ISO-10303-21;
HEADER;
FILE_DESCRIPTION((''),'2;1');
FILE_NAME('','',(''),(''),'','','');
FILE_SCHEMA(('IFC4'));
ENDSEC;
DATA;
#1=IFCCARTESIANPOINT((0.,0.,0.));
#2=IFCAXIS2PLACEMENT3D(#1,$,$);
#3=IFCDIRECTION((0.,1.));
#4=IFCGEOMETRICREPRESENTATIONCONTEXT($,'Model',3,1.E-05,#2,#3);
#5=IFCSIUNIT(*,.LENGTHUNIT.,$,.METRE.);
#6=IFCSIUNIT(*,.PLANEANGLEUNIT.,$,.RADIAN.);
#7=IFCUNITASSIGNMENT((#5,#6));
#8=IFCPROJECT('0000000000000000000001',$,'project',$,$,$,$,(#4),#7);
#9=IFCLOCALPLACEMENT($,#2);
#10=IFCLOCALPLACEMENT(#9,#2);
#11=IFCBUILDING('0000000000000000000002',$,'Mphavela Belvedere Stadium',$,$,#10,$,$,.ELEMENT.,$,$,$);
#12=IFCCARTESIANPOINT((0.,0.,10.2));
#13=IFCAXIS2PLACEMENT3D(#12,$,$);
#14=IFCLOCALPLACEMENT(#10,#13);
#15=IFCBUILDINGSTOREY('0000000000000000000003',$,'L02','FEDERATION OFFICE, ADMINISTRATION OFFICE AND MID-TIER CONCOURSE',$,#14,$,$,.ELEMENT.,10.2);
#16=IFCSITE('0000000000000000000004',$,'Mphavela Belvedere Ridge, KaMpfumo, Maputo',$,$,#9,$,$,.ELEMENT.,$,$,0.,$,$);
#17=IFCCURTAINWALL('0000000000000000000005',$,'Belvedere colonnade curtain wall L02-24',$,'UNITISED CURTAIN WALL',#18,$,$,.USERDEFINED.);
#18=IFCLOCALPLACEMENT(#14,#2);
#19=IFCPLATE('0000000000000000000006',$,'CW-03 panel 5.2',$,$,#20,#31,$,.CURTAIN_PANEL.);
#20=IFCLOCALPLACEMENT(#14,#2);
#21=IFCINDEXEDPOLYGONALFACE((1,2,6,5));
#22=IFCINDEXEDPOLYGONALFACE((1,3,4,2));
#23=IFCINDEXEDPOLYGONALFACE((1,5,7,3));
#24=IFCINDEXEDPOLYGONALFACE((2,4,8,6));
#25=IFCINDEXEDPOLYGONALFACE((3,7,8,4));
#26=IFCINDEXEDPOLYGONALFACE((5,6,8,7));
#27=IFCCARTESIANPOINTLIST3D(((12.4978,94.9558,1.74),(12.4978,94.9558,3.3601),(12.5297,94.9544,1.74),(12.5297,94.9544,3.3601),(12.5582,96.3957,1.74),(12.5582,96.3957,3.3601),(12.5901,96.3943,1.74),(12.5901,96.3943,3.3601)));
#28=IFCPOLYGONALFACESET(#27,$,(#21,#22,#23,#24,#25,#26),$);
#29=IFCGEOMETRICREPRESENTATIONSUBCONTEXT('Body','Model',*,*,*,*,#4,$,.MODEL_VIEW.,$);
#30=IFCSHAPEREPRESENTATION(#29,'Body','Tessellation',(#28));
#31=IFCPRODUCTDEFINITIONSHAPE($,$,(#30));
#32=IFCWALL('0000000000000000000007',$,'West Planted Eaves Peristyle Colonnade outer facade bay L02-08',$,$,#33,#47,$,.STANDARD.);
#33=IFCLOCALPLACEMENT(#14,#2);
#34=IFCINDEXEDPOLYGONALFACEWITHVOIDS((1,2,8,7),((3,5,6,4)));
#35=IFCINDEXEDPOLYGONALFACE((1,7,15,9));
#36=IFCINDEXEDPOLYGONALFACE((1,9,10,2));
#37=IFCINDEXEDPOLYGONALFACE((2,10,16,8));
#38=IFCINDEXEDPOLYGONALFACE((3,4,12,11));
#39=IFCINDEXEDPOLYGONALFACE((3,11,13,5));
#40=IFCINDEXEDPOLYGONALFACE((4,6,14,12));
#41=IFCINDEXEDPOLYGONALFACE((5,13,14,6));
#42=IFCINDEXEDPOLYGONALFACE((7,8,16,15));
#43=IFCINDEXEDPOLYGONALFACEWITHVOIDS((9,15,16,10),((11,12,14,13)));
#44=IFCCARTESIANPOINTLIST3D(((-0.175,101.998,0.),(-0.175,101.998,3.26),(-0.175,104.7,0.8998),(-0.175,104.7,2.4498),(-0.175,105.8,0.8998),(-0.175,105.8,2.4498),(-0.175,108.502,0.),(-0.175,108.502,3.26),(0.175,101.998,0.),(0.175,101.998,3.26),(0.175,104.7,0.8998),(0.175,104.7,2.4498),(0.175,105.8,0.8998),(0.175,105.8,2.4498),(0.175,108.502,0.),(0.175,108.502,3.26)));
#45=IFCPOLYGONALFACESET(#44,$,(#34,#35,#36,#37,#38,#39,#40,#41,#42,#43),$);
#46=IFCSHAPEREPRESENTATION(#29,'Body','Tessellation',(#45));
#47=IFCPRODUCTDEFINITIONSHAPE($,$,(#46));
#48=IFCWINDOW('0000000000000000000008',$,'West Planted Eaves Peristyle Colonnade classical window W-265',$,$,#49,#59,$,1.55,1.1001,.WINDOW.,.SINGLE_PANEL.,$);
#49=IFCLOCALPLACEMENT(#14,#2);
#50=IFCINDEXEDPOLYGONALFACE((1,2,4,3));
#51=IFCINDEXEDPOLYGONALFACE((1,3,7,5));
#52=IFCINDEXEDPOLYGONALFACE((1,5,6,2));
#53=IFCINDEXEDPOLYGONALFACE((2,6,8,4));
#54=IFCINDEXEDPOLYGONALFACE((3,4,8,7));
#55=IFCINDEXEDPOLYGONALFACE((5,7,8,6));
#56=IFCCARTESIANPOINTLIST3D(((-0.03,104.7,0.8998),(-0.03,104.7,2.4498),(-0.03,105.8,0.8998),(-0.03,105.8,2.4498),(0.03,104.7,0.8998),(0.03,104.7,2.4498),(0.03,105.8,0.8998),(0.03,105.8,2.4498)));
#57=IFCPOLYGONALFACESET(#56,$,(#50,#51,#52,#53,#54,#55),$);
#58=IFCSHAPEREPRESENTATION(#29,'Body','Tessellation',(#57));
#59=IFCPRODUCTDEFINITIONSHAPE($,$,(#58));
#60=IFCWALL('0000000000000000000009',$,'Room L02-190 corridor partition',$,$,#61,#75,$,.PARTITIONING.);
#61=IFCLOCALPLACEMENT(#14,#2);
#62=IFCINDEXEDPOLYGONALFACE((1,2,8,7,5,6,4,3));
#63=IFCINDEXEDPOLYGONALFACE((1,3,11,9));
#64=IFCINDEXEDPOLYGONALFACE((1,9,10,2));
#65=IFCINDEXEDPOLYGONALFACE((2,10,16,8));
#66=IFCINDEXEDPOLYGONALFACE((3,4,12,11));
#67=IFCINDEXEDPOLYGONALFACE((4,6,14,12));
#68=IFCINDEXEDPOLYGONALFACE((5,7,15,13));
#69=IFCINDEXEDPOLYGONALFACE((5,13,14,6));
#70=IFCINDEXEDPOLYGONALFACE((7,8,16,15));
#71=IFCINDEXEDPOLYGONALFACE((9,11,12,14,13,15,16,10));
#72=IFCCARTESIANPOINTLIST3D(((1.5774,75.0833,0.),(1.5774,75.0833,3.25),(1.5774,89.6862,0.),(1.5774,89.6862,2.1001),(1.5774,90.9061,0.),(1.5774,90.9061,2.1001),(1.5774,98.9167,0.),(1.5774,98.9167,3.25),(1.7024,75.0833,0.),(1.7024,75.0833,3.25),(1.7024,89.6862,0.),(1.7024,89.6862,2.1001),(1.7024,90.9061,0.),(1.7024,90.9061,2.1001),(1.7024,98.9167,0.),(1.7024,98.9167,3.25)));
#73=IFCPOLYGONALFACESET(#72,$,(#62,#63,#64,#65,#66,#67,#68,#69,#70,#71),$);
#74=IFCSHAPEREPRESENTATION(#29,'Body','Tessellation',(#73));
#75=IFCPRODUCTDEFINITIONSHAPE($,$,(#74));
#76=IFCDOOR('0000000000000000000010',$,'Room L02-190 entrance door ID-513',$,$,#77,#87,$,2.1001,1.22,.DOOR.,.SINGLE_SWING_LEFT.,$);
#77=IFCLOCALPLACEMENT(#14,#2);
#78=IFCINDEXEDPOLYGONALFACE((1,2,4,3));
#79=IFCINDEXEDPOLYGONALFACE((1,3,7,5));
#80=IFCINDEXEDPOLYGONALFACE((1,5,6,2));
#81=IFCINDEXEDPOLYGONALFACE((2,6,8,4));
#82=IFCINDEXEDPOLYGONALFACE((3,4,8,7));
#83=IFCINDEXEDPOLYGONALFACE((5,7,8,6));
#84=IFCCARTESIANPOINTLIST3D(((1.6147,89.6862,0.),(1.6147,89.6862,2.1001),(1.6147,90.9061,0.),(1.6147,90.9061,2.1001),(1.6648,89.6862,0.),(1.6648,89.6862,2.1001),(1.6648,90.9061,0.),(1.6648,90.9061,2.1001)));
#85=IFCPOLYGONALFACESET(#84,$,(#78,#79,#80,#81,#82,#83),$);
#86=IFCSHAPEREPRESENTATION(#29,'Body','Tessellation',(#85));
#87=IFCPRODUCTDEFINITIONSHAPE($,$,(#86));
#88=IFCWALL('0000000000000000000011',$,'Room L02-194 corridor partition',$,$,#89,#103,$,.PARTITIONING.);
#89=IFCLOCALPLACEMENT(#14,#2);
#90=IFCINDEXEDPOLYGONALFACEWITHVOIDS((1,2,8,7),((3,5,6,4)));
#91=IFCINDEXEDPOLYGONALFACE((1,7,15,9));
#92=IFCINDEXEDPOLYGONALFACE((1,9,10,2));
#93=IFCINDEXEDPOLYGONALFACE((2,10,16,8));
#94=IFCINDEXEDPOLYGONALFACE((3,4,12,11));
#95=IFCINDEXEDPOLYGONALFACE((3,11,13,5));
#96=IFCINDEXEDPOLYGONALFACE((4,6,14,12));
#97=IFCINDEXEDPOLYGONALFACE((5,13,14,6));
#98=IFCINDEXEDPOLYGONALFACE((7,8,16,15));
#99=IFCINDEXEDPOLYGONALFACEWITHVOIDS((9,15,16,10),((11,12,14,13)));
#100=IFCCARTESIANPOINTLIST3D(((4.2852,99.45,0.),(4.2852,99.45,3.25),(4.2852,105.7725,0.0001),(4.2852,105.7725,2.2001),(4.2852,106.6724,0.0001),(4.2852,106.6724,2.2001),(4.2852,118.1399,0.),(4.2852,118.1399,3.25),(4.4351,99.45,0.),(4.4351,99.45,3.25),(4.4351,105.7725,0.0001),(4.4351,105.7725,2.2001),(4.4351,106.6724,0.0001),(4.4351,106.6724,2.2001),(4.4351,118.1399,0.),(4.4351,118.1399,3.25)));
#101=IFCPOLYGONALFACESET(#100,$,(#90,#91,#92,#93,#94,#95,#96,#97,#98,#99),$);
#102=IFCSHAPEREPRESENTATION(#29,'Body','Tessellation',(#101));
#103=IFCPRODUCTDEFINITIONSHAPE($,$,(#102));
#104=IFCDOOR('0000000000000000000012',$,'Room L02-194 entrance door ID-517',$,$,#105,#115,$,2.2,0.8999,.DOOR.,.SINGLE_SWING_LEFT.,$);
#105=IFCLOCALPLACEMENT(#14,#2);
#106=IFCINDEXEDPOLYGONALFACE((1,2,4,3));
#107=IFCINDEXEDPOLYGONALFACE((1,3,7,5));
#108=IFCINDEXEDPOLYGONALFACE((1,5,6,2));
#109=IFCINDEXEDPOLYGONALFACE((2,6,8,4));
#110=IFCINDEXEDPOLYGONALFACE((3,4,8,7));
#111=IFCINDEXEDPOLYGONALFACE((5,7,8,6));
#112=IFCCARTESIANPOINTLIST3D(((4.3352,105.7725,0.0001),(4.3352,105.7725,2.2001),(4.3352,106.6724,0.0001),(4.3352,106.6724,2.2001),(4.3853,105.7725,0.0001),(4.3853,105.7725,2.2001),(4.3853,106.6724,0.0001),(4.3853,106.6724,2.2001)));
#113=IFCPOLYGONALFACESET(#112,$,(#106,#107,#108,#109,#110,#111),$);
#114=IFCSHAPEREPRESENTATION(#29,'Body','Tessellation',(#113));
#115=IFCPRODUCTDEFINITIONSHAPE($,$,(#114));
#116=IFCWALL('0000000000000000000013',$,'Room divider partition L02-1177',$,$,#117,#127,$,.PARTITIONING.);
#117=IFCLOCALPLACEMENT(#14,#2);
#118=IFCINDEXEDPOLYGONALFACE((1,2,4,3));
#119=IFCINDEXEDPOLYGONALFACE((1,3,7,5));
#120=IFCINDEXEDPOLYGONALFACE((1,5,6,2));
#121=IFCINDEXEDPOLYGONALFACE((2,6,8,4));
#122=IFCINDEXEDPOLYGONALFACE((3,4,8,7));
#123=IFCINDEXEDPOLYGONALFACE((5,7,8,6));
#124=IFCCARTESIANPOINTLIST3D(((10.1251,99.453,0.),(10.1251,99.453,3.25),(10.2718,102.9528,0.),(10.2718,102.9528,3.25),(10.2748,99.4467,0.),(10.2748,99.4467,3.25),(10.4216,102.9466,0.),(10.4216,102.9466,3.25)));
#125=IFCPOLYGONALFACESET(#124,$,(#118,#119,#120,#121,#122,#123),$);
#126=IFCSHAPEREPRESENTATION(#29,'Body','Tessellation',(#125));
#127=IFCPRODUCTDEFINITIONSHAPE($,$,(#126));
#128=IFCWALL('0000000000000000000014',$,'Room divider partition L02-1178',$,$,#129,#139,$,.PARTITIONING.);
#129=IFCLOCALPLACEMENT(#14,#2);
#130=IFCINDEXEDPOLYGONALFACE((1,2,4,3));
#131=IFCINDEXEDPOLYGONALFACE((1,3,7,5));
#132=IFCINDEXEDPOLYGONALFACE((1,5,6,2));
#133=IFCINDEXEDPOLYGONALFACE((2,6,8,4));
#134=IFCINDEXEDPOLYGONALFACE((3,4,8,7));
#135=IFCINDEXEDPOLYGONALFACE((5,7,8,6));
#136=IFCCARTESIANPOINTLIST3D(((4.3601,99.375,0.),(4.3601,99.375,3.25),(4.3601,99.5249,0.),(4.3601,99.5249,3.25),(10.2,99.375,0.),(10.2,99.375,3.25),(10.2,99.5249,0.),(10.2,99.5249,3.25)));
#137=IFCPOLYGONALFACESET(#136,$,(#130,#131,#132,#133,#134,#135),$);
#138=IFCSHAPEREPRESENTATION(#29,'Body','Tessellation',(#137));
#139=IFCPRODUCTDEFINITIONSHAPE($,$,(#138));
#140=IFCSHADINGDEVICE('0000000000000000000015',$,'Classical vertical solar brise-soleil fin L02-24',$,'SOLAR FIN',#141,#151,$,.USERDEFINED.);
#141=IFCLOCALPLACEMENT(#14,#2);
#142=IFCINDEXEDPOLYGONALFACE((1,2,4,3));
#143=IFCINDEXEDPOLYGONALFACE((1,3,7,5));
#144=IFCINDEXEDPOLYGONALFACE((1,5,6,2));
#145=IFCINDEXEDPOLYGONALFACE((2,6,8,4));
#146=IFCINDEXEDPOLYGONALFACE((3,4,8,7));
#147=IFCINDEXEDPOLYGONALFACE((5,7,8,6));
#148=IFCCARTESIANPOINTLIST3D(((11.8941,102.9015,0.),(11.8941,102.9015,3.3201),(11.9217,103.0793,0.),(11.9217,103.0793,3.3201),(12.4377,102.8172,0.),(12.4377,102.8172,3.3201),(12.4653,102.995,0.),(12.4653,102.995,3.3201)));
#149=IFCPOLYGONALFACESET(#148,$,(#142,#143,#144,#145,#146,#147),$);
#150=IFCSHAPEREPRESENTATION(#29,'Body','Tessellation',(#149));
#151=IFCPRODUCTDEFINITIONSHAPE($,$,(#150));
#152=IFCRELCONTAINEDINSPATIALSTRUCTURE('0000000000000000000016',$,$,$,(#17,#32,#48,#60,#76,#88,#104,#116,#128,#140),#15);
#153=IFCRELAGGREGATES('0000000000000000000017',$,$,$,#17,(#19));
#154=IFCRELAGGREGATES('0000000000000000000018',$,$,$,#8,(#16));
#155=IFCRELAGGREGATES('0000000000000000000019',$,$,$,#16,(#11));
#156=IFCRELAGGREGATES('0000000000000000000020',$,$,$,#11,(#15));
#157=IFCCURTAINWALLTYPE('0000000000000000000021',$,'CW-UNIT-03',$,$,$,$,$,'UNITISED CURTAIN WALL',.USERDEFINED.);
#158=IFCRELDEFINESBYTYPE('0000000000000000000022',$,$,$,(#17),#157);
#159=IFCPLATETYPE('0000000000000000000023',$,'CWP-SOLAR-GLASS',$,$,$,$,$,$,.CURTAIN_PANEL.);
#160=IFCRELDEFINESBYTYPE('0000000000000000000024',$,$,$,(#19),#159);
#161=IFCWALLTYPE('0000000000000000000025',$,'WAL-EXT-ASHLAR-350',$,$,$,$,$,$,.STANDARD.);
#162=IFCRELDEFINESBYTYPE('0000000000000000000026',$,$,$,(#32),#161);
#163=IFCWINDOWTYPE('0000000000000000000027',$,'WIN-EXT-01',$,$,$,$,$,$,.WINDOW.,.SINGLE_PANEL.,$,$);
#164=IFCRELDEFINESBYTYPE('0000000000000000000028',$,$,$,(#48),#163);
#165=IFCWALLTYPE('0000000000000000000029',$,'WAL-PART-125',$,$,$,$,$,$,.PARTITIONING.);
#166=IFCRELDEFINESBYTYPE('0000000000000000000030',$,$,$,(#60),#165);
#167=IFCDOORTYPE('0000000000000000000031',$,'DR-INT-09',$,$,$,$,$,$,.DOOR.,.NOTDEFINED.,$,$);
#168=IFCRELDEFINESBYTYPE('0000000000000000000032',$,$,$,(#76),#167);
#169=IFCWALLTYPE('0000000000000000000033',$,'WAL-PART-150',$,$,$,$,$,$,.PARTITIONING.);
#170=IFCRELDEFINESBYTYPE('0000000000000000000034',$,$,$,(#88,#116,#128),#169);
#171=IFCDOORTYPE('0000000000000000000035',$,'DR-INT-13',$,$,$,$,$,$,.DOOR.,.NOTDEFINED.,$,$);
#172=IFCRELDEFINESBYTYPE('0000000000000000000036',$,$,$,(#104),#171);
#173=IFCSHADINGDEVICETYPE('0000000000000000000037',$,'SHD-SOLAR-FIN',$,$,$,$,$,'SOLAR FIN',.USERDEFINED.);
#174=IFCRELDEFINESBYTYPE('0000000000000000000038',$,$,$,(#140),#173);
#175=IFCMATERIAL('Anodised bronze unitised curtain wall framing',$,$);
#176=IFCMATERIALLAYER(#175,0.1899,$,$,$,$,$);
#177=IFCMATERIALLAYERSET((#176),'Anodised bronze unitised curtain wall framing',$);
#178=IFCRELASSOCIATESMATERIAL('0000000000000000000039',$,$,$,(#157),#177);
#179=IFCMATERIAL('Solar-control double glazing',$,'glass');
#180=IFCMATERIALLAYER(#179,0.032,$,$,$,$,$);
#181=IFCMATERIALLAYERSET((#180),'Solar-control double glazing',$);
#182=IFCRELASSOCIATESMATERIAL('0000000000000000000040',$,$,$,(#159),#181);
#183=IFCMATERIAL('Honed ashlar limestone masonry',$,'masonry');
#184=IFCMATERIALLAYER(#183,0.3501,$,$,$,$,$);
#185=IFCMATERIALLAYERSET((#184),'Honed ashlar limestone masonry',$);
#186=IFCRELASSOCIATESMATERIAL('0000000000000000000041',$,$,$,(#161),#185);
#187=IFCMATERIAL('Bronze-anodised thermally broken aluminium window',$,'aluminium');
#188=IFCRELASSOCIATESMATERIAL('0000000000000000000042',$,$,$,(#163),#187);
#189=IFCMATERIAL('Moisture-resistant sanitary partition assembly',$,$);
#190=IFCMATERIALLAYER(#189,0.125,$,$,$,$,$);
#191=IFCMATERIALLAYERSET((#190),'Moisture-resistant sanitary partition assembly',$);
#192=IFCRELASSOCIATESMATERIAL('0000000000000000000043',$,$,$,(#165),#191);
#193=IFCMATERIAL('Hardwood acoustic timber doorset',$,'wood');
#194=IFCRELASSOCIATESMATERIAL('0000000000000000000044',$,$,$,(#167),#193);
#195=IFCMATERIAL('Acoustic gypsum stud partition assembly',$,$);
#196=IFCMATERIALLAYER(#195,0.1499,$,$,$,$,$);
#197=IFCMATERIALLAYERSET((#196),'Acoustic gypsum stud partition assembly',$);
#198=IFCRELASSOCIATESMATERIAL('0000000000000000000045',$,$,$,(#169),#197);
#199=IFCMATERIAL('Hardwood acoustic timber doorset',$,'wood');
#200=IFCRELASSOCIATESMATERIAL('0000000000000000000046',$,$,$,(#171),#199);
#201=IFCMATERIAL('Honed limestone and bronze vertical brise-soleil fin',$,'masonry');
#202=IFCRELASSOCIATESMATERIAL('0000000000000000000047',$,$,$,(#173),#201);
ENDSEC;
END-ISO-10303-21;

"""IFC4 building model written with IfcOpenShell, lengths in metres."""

from ifc_helpers import new_model, si_unit, direction, frame, frame_2d, origin, origin_2d, place, context, subcontext, project, spatial, rectangle, extrude, material, layer, layer_set, type_object, element, fill, aggregate, save


model = new_model("IFC4")

# Units and contexts
model_context = context("Model", 3, precision=1e-05, world=origin(), true_north=direction((0.0, 1.0)))
body_context = subcontext(model_context, "Body", "Model", "MODEL_VIEW")
ifc_project = project(units=[si_unit("LENGTHUNIT", "METRE"), si_unit("PLANEANGLEUNIT", "RADIAN")], contexts=[model_context])

# Site, building, storey
site_placement = place(None, origin())
site = spatial("IfcSite", under=ifc_project, at=site_placement, Name="Mphavela Belvedere Ridge, KaMpfumo, Maputo", CompositionType="ELEMENT", RefElevation=0.0)
building_placement = place(site_placement, origin())
building = spatial("IfcBuilding", under=site, at=building_placement, Name="Mphavela Belvedere Stadium", CompositionType="ELEMENT")
storey_placement = place(building_placement, frame((0.0, 0.0, 10.2)))
storey = spatial("IfcBuildingStorey", under=building, at=storey_placement, Name="L02", Description="FEDERATION OFFICE, ADMINISTRATION OFFICE AND MID-TIER CONCOURSE", CompositionType="ELEMENT", Elevation=10.2)

# Curtain wall, plate
ifc_material_1 = material(Name="Anodised bronze unitised curtain wall framing")
ifc_layer_1 = layer(ifc_material_1, 0.1899)
ifc_layer_set_1 = layer_set([ifc_layer_1], Name="Anodised bronze unitised curtain wall framing")
curtain_wall_type = type_object("IfcCurtainWallType", Name="CW-UNIT-03", ElementType="UNITISED CURTAIN WALL", PredefinedType="USERDEFINED", material=ifc_layer_set_1)
curtain_wall_placement = place(storey_placement, origin())
curtain_wall = element("IfcCurtainWall", 1, at=curtain_wall_placement, inside=storey, type_object=curtain_wall_type, Name="Belvedere colonnade curtain wall L02-24", ObjectType="UNITISED CURTAIN WALL", PredefinedType="USERDEFINED")
ifc_material_2 = material(Name="Solar-control double glazing", Category="glass")
ifc_layer_2 = layer(ifc_material_2, 0.032)
ifc_layer_set_2 = layer_set([ifc_layer_2], Name="Solar-control double glazing")
plate_type = type_object("IfcPlateType", Name="CWP-SOLAR-GLASS", PredefinedType="CURTAIN_PANEL", material=ifc_layer_set_2)
plate_1_placement = place(storey_placement, frame((12.5439, 95.675, 1.74), z_axis=(0.0, 0.0, 1.0), x_axis=(-0.041904, -0.999122, 0.0)))
plate_1 = element("IfcPlate", 2, at=plate_1_placement, type_object=plate_type, Name="CW-03 panel 5.2", PredefinedType="CURTAIN_PANEL", context=body_context, shape_type="SweptSolid", body=[
    extrude(rectangle(XDim=1.4412, YDim=0.032, at=origin_2d()), origin(), (0.0, 0.0, 1.0), 1.6201),
])
aggregate(curtain_wall, [plate_1])

# Wall, opening, window
ifc_material_3 = material(Name="Honed ashlar limestone masonry", Category="masonry")
ifc_layer_3 = layer(ifc_material_3, 0.3501)
ifc_layer_set_3 = layer_set([ifc_layer_3], Name="Honed ashlar limestone masonry")
wall_type_1 = type_object("IfcWallType", Name="WAL-EXT-ASHLAR-350", PredefinedType="STANDARD", material=ifc_layer_set_3)
wall_1_placement = place(storey_placement, frame((0.0, 101.998, 0.0), z_axis=(0.0, 0.0, 1.0), x_axis=(0.0, 1.0, 0.0)))
wall_1 = element("IfcWall", 3, at=wall_1_placement, inside=storey, type_object=wall_type_1, Name="West Planted Eaves Peristyle Colonnade outer facade bay L02-08", PredefinedType="STANDARD", context=body_context, shape_type="SweptSolid", body=[
    extrude(rectangle(XDim=6.5039, YDim=0.3501, at=frame_2d((3.252, 0.0))), origin(), (0.0, 0.0, 1.0), 3.26),
])
opening_1_placement = place(wall_1_placement, frame((2.7019, 0.0, 0.8999)))
opening_1 = element("IfcOpeningElement", 4, at=opening_1_placement, cuts=wall_1, PredefinedType="OPENING", context=body_context, shape_type="SweptSolid", body=[
    extrude(rectangle(XDim=1.1001, YDim=1.55, at=frame_2d((0.55, 0.7749))), frame((0.0, 0.1851, 0.0), z_axis=(0.0, -1.0, 0.0), x_axis=(1.0, 0.0, 0.0)), (0.0, 0.0, 1.0), 0.3701),
])
ifc_material_4 = material(Name="Bronze-anodised thermally broken aluminium window", Category="aluminium")
window_type = type_object("IfcWindowType", Name="WIN-EXT-01", PartitioningType="SINGLE_PANEL", PredefinedType="WINDOW", material=ifc_material_4)
window_placement = place(opening_1_placement, origin())
window = element("IfcWindow", 5, at=window_placement, inside=storey, type_object=window_type, Name="West Planted Eaves Peristyle Colonnade classical window W-265", OverallHeight=1.55, OverallWidth=1.1001, PartitioningType="SINGLE_PANEL", PredefinedType="WINDOW", context=body_context, shape_type="SweptSolid", body=[
    extrude(rectangle(XDim=1.1001, YDim=1.55, at=frame_2d((0.55, 0.7749))), frame((0.0, 0.03, 0.0), z_axis=(0.0, -1.0, 0.0), x_axis=(1.0, 0.0, 0.0)), (0.0, 0.0, 1.0), 0.0601),
])
fill(opening_1, window)

# Walls, openings, doors
ifc_material_5 = material(Name="Moisture-resistant sanitary partition assembly")
ifc_layer_4 = layer(ifc_material_5, 0.125)
ifc_layer_set_4 = layer_set([ifc_layer_4], Name="Moisture-resistant sanitary partition assembly")
wall_type_2 = type_object("IfcWallType", Name="WAL-PART-125", PredefinedType="PARTITIONING", material=ifc_layer_set_4)
wall_2_placement = place(storey_placement, frame((1.6399, 98.9167, 0.0), z_axis=(0.0, 0.0, 1.0), x_axis=(0.0, -1.0, 0.0)))
wall_2 = element("IfcWall", 6, at=wall_2_placement, inside=storey, type_object=wall_type_2, Name="Room L02-190 corridor partition", PredefinedType="PARTITIONING", context=body_context, shape_type="SweptSolid", body=[
    extrude(rectangle(XDim=23.8335, YDim=0.125, at=frame_2d((11.9167, 0.0))), origin(), (0.0, 0.0, 1.0), 3.25),
])
opening_2_placement = place(wall_2_placement, frame((8.0107, 0.0, 0.0)))
opening_2 = element("IfcOpeningElement", 7, at=opening_2_placement, cuts=wall_2, PredefinedType="OPENING", context=body_context, shape_type="SweptSolid", body=[
    extrude(rectangle(XDim=1.22, YDim=2.1001, at=frame_2d((0.6099, 1.05))), frame((0.0, 0.0725, 0.0), z_axis=(0.0, -1.0, 0.0), x_axis=(1.0, 0.0, 0.0)), (0.0, 0.0, 1.0), 0.145),
])
ifc_material_6 = material(Name="Hardwood acoustic timber doorset", Category="wood")
door_type_1 = type_object("IfcDoorType", Name="DR-INT-09", OperationType="NOTDEFINED", PredefinedType="DOOR", material=ifc_material_6)
door_1_placement = place(opening_2_placement, origin())
door_1 = element("IfcDoor", 8, at=door_1_placement, inside=storey, type_object=door_type_1, Name="Room L02-190 entrance door ID-513", OperationType="SINGLE_SWING_LEFT", OverallHeight=2.1001, OverallWidth=1.22, PredefinedType="DOOR", context=body_context, shape_type="SweptSolid", body=[
    extrude(rectangle(XDim=1.22, YDim=2.1001, at=frame_2d((0.6099, 1.05))), frame((0.0, 0.0249, 0.0), z_axis=(0.0, -1.0, 0.0), x_axis=(1.0, 0.0, 0.0)), (0.0, 0.0, 1.0), 0.05),
])
fill(opening_2, door_1)
ifc_material_7 = material(Name="Acoustic gypsum stud partition assembly")
ifc_layer_5 = layer(ifc_material_7, 0.1499)
ifc_layer_set_5 = layer_set([ifc_layer_5], Name="Acoustic gypsum stud partition assembly")
wall_type_3 = type_object("IfcWallType", Name="WAL-PART-150", PredefinedType="PARTITIONING", material=ifc_layer_set_5)
wall_3_placement = place(storey_placement, frame((4.3601, 99.45, 0.0), z_axis=(0.0, 0.0, 1.0), x_axis=(0.0, 1.0, 0.0)))
wall_3 = element("IfcWall", 9, at=wall_3_placement, inside=storey, type_object=wall_type_3, Name="Room L02-194 corridor partition", PredefinedType="PARTITIONING", context=body_context, shape_type="SweptSolid", body=[
    extrude(rectangle(XDim=18.6899, YDim=0.1499, at=frame_2d((9.345, 0.0))), origin(), (0.0, 0.0, 1.0), 3.25),
])
opening_3_placement = place(wall_3_placement, frame((6.3225, 0.0, 0.0)))
opening_3 = element("IfcOpeningElement", 10, at=opening_3_placement, cuts=wall_3, PredefinedType="OPENING", context=body_context, shape_type="SweptSolid", body=[
    extrude(rectangle(XDim=0.8999, YDim=2.2, at=frame_2d((0.45, 1.1001))), frame((0.0, 0.085, 0.0), z_axis=(0.0, -1.0, 0.0), x_axis=(1.0, 0.0, 0.0)), (0.0, 0.0, 1.0), 0.1699),
])
ifc_material_8 = material(Name="Hardwood acoustic timber doorset", Category="wood")
door_type_2 = type_object("IfcDoorType", Name="DR-INT-13", OperationType="NOTDEFINED", PredefinedType="DOOR", material=ifc_material_8)
door_2_placement = place(opening_3_placement, origin())
door_2 = element("IfcDoor", 11, at=door_2_placement, inside=storey, type_object=door_type_2, Name="Room L02-194 entrance door ID-517", OperationType="SINGLE_SWING_LEFT", OverallHeight=2.2, OverallWidth=0.8999, PredefinedType="DOOR", context=body_context, shape_type="SweptSolid", body=[
    extrude(rectangle(XDim=0.8999, YDim=2.2, at=frame_2d((0.45, 1.1001))), frame((0.0, 0.0249, 0.0), z_axis=(0.0, -1.0, 0.0), x_axis=(1.0, 0.0, 0.0)), (0.0, 0.0, 1.0), 0.05),
])
fill(opening_3, door_2)

# Walls
wall_4_placement = place(storey_placement, frame((10.3467, 102.9497, 0.0), z_axis=(0.0, 0.0, 1.0), x_axis=(-0.041889, -0.999122, 0.0)))
element("IfcWall", 12, at=wall_4_placement, inside=storey, type_object=wall_type_3, Name="Room divider partition L02-1177", PredefinedType="PARTITIONING", context=body_context, shape_type="SweptSolid", body=[
    extrude(rectangle(XDim=3.5029, YDim=0.1499, at=frame_2d((1.7515, 0.0))), origin(), (0.0, 0.0, 1.0), 3.25),
])
wall_5_placement = place(storey_placement, frame((10.2, 99.45, 0.0), z_axis=(0.0, 0.0, 1.0), x_axis=(-1.0, 0.0, 0.0)))
element("IfcWall", 13, at=wall_5_placement, inside=storey, type_object=wall_type_3, Name="Room divider partition L02-1178", PredefinedType="PARTITIONING", context=body_context, shape_type="SweptSolid", body=[
    extrude(rectangle(XDim=5.8398, YDim=0.1499, at=frame_2d((2.9199, 0.0))), origin(), (0.0, 0.0, 1.0), 3.25),
])

# Shading device
ifc_material_9 = material(Name="Honed limestone and bronze vertical brise-soleil fin", Category="masonry")
shading_device_type = type_object("IfcShadingDeviceType", Name="SHD-SOLAR-FIN", ElementType="SOLAR FIN", PredefinedType="USERDEFINED", material=ifc_material_9)
shading_device_placement = place(storey_placement, frame((12.1797, 102.9482, 0.0), z_axis=(0.0, 0.0, 1.0), x_axis=(-0.988175, 0.153331, 0.0)))
element("IfcShadingDevice", 14, at=shading_device_placement, inside=storey, type_object=shading_device_type, Name="Classical vertical solar brise-soleil fin L02-24", ObjectType="SOLAR FIN", PredefinedType="USERDEFINED", context=body_context, shape_type="SweptSolid", body=[
    extrude(rectangle(XDim=0.55, YDim=0.1799, at=origin_2d()), origin(), (0.0, 0.0, 1.0), 3.3201),
])

save(model, "model.ifc")
